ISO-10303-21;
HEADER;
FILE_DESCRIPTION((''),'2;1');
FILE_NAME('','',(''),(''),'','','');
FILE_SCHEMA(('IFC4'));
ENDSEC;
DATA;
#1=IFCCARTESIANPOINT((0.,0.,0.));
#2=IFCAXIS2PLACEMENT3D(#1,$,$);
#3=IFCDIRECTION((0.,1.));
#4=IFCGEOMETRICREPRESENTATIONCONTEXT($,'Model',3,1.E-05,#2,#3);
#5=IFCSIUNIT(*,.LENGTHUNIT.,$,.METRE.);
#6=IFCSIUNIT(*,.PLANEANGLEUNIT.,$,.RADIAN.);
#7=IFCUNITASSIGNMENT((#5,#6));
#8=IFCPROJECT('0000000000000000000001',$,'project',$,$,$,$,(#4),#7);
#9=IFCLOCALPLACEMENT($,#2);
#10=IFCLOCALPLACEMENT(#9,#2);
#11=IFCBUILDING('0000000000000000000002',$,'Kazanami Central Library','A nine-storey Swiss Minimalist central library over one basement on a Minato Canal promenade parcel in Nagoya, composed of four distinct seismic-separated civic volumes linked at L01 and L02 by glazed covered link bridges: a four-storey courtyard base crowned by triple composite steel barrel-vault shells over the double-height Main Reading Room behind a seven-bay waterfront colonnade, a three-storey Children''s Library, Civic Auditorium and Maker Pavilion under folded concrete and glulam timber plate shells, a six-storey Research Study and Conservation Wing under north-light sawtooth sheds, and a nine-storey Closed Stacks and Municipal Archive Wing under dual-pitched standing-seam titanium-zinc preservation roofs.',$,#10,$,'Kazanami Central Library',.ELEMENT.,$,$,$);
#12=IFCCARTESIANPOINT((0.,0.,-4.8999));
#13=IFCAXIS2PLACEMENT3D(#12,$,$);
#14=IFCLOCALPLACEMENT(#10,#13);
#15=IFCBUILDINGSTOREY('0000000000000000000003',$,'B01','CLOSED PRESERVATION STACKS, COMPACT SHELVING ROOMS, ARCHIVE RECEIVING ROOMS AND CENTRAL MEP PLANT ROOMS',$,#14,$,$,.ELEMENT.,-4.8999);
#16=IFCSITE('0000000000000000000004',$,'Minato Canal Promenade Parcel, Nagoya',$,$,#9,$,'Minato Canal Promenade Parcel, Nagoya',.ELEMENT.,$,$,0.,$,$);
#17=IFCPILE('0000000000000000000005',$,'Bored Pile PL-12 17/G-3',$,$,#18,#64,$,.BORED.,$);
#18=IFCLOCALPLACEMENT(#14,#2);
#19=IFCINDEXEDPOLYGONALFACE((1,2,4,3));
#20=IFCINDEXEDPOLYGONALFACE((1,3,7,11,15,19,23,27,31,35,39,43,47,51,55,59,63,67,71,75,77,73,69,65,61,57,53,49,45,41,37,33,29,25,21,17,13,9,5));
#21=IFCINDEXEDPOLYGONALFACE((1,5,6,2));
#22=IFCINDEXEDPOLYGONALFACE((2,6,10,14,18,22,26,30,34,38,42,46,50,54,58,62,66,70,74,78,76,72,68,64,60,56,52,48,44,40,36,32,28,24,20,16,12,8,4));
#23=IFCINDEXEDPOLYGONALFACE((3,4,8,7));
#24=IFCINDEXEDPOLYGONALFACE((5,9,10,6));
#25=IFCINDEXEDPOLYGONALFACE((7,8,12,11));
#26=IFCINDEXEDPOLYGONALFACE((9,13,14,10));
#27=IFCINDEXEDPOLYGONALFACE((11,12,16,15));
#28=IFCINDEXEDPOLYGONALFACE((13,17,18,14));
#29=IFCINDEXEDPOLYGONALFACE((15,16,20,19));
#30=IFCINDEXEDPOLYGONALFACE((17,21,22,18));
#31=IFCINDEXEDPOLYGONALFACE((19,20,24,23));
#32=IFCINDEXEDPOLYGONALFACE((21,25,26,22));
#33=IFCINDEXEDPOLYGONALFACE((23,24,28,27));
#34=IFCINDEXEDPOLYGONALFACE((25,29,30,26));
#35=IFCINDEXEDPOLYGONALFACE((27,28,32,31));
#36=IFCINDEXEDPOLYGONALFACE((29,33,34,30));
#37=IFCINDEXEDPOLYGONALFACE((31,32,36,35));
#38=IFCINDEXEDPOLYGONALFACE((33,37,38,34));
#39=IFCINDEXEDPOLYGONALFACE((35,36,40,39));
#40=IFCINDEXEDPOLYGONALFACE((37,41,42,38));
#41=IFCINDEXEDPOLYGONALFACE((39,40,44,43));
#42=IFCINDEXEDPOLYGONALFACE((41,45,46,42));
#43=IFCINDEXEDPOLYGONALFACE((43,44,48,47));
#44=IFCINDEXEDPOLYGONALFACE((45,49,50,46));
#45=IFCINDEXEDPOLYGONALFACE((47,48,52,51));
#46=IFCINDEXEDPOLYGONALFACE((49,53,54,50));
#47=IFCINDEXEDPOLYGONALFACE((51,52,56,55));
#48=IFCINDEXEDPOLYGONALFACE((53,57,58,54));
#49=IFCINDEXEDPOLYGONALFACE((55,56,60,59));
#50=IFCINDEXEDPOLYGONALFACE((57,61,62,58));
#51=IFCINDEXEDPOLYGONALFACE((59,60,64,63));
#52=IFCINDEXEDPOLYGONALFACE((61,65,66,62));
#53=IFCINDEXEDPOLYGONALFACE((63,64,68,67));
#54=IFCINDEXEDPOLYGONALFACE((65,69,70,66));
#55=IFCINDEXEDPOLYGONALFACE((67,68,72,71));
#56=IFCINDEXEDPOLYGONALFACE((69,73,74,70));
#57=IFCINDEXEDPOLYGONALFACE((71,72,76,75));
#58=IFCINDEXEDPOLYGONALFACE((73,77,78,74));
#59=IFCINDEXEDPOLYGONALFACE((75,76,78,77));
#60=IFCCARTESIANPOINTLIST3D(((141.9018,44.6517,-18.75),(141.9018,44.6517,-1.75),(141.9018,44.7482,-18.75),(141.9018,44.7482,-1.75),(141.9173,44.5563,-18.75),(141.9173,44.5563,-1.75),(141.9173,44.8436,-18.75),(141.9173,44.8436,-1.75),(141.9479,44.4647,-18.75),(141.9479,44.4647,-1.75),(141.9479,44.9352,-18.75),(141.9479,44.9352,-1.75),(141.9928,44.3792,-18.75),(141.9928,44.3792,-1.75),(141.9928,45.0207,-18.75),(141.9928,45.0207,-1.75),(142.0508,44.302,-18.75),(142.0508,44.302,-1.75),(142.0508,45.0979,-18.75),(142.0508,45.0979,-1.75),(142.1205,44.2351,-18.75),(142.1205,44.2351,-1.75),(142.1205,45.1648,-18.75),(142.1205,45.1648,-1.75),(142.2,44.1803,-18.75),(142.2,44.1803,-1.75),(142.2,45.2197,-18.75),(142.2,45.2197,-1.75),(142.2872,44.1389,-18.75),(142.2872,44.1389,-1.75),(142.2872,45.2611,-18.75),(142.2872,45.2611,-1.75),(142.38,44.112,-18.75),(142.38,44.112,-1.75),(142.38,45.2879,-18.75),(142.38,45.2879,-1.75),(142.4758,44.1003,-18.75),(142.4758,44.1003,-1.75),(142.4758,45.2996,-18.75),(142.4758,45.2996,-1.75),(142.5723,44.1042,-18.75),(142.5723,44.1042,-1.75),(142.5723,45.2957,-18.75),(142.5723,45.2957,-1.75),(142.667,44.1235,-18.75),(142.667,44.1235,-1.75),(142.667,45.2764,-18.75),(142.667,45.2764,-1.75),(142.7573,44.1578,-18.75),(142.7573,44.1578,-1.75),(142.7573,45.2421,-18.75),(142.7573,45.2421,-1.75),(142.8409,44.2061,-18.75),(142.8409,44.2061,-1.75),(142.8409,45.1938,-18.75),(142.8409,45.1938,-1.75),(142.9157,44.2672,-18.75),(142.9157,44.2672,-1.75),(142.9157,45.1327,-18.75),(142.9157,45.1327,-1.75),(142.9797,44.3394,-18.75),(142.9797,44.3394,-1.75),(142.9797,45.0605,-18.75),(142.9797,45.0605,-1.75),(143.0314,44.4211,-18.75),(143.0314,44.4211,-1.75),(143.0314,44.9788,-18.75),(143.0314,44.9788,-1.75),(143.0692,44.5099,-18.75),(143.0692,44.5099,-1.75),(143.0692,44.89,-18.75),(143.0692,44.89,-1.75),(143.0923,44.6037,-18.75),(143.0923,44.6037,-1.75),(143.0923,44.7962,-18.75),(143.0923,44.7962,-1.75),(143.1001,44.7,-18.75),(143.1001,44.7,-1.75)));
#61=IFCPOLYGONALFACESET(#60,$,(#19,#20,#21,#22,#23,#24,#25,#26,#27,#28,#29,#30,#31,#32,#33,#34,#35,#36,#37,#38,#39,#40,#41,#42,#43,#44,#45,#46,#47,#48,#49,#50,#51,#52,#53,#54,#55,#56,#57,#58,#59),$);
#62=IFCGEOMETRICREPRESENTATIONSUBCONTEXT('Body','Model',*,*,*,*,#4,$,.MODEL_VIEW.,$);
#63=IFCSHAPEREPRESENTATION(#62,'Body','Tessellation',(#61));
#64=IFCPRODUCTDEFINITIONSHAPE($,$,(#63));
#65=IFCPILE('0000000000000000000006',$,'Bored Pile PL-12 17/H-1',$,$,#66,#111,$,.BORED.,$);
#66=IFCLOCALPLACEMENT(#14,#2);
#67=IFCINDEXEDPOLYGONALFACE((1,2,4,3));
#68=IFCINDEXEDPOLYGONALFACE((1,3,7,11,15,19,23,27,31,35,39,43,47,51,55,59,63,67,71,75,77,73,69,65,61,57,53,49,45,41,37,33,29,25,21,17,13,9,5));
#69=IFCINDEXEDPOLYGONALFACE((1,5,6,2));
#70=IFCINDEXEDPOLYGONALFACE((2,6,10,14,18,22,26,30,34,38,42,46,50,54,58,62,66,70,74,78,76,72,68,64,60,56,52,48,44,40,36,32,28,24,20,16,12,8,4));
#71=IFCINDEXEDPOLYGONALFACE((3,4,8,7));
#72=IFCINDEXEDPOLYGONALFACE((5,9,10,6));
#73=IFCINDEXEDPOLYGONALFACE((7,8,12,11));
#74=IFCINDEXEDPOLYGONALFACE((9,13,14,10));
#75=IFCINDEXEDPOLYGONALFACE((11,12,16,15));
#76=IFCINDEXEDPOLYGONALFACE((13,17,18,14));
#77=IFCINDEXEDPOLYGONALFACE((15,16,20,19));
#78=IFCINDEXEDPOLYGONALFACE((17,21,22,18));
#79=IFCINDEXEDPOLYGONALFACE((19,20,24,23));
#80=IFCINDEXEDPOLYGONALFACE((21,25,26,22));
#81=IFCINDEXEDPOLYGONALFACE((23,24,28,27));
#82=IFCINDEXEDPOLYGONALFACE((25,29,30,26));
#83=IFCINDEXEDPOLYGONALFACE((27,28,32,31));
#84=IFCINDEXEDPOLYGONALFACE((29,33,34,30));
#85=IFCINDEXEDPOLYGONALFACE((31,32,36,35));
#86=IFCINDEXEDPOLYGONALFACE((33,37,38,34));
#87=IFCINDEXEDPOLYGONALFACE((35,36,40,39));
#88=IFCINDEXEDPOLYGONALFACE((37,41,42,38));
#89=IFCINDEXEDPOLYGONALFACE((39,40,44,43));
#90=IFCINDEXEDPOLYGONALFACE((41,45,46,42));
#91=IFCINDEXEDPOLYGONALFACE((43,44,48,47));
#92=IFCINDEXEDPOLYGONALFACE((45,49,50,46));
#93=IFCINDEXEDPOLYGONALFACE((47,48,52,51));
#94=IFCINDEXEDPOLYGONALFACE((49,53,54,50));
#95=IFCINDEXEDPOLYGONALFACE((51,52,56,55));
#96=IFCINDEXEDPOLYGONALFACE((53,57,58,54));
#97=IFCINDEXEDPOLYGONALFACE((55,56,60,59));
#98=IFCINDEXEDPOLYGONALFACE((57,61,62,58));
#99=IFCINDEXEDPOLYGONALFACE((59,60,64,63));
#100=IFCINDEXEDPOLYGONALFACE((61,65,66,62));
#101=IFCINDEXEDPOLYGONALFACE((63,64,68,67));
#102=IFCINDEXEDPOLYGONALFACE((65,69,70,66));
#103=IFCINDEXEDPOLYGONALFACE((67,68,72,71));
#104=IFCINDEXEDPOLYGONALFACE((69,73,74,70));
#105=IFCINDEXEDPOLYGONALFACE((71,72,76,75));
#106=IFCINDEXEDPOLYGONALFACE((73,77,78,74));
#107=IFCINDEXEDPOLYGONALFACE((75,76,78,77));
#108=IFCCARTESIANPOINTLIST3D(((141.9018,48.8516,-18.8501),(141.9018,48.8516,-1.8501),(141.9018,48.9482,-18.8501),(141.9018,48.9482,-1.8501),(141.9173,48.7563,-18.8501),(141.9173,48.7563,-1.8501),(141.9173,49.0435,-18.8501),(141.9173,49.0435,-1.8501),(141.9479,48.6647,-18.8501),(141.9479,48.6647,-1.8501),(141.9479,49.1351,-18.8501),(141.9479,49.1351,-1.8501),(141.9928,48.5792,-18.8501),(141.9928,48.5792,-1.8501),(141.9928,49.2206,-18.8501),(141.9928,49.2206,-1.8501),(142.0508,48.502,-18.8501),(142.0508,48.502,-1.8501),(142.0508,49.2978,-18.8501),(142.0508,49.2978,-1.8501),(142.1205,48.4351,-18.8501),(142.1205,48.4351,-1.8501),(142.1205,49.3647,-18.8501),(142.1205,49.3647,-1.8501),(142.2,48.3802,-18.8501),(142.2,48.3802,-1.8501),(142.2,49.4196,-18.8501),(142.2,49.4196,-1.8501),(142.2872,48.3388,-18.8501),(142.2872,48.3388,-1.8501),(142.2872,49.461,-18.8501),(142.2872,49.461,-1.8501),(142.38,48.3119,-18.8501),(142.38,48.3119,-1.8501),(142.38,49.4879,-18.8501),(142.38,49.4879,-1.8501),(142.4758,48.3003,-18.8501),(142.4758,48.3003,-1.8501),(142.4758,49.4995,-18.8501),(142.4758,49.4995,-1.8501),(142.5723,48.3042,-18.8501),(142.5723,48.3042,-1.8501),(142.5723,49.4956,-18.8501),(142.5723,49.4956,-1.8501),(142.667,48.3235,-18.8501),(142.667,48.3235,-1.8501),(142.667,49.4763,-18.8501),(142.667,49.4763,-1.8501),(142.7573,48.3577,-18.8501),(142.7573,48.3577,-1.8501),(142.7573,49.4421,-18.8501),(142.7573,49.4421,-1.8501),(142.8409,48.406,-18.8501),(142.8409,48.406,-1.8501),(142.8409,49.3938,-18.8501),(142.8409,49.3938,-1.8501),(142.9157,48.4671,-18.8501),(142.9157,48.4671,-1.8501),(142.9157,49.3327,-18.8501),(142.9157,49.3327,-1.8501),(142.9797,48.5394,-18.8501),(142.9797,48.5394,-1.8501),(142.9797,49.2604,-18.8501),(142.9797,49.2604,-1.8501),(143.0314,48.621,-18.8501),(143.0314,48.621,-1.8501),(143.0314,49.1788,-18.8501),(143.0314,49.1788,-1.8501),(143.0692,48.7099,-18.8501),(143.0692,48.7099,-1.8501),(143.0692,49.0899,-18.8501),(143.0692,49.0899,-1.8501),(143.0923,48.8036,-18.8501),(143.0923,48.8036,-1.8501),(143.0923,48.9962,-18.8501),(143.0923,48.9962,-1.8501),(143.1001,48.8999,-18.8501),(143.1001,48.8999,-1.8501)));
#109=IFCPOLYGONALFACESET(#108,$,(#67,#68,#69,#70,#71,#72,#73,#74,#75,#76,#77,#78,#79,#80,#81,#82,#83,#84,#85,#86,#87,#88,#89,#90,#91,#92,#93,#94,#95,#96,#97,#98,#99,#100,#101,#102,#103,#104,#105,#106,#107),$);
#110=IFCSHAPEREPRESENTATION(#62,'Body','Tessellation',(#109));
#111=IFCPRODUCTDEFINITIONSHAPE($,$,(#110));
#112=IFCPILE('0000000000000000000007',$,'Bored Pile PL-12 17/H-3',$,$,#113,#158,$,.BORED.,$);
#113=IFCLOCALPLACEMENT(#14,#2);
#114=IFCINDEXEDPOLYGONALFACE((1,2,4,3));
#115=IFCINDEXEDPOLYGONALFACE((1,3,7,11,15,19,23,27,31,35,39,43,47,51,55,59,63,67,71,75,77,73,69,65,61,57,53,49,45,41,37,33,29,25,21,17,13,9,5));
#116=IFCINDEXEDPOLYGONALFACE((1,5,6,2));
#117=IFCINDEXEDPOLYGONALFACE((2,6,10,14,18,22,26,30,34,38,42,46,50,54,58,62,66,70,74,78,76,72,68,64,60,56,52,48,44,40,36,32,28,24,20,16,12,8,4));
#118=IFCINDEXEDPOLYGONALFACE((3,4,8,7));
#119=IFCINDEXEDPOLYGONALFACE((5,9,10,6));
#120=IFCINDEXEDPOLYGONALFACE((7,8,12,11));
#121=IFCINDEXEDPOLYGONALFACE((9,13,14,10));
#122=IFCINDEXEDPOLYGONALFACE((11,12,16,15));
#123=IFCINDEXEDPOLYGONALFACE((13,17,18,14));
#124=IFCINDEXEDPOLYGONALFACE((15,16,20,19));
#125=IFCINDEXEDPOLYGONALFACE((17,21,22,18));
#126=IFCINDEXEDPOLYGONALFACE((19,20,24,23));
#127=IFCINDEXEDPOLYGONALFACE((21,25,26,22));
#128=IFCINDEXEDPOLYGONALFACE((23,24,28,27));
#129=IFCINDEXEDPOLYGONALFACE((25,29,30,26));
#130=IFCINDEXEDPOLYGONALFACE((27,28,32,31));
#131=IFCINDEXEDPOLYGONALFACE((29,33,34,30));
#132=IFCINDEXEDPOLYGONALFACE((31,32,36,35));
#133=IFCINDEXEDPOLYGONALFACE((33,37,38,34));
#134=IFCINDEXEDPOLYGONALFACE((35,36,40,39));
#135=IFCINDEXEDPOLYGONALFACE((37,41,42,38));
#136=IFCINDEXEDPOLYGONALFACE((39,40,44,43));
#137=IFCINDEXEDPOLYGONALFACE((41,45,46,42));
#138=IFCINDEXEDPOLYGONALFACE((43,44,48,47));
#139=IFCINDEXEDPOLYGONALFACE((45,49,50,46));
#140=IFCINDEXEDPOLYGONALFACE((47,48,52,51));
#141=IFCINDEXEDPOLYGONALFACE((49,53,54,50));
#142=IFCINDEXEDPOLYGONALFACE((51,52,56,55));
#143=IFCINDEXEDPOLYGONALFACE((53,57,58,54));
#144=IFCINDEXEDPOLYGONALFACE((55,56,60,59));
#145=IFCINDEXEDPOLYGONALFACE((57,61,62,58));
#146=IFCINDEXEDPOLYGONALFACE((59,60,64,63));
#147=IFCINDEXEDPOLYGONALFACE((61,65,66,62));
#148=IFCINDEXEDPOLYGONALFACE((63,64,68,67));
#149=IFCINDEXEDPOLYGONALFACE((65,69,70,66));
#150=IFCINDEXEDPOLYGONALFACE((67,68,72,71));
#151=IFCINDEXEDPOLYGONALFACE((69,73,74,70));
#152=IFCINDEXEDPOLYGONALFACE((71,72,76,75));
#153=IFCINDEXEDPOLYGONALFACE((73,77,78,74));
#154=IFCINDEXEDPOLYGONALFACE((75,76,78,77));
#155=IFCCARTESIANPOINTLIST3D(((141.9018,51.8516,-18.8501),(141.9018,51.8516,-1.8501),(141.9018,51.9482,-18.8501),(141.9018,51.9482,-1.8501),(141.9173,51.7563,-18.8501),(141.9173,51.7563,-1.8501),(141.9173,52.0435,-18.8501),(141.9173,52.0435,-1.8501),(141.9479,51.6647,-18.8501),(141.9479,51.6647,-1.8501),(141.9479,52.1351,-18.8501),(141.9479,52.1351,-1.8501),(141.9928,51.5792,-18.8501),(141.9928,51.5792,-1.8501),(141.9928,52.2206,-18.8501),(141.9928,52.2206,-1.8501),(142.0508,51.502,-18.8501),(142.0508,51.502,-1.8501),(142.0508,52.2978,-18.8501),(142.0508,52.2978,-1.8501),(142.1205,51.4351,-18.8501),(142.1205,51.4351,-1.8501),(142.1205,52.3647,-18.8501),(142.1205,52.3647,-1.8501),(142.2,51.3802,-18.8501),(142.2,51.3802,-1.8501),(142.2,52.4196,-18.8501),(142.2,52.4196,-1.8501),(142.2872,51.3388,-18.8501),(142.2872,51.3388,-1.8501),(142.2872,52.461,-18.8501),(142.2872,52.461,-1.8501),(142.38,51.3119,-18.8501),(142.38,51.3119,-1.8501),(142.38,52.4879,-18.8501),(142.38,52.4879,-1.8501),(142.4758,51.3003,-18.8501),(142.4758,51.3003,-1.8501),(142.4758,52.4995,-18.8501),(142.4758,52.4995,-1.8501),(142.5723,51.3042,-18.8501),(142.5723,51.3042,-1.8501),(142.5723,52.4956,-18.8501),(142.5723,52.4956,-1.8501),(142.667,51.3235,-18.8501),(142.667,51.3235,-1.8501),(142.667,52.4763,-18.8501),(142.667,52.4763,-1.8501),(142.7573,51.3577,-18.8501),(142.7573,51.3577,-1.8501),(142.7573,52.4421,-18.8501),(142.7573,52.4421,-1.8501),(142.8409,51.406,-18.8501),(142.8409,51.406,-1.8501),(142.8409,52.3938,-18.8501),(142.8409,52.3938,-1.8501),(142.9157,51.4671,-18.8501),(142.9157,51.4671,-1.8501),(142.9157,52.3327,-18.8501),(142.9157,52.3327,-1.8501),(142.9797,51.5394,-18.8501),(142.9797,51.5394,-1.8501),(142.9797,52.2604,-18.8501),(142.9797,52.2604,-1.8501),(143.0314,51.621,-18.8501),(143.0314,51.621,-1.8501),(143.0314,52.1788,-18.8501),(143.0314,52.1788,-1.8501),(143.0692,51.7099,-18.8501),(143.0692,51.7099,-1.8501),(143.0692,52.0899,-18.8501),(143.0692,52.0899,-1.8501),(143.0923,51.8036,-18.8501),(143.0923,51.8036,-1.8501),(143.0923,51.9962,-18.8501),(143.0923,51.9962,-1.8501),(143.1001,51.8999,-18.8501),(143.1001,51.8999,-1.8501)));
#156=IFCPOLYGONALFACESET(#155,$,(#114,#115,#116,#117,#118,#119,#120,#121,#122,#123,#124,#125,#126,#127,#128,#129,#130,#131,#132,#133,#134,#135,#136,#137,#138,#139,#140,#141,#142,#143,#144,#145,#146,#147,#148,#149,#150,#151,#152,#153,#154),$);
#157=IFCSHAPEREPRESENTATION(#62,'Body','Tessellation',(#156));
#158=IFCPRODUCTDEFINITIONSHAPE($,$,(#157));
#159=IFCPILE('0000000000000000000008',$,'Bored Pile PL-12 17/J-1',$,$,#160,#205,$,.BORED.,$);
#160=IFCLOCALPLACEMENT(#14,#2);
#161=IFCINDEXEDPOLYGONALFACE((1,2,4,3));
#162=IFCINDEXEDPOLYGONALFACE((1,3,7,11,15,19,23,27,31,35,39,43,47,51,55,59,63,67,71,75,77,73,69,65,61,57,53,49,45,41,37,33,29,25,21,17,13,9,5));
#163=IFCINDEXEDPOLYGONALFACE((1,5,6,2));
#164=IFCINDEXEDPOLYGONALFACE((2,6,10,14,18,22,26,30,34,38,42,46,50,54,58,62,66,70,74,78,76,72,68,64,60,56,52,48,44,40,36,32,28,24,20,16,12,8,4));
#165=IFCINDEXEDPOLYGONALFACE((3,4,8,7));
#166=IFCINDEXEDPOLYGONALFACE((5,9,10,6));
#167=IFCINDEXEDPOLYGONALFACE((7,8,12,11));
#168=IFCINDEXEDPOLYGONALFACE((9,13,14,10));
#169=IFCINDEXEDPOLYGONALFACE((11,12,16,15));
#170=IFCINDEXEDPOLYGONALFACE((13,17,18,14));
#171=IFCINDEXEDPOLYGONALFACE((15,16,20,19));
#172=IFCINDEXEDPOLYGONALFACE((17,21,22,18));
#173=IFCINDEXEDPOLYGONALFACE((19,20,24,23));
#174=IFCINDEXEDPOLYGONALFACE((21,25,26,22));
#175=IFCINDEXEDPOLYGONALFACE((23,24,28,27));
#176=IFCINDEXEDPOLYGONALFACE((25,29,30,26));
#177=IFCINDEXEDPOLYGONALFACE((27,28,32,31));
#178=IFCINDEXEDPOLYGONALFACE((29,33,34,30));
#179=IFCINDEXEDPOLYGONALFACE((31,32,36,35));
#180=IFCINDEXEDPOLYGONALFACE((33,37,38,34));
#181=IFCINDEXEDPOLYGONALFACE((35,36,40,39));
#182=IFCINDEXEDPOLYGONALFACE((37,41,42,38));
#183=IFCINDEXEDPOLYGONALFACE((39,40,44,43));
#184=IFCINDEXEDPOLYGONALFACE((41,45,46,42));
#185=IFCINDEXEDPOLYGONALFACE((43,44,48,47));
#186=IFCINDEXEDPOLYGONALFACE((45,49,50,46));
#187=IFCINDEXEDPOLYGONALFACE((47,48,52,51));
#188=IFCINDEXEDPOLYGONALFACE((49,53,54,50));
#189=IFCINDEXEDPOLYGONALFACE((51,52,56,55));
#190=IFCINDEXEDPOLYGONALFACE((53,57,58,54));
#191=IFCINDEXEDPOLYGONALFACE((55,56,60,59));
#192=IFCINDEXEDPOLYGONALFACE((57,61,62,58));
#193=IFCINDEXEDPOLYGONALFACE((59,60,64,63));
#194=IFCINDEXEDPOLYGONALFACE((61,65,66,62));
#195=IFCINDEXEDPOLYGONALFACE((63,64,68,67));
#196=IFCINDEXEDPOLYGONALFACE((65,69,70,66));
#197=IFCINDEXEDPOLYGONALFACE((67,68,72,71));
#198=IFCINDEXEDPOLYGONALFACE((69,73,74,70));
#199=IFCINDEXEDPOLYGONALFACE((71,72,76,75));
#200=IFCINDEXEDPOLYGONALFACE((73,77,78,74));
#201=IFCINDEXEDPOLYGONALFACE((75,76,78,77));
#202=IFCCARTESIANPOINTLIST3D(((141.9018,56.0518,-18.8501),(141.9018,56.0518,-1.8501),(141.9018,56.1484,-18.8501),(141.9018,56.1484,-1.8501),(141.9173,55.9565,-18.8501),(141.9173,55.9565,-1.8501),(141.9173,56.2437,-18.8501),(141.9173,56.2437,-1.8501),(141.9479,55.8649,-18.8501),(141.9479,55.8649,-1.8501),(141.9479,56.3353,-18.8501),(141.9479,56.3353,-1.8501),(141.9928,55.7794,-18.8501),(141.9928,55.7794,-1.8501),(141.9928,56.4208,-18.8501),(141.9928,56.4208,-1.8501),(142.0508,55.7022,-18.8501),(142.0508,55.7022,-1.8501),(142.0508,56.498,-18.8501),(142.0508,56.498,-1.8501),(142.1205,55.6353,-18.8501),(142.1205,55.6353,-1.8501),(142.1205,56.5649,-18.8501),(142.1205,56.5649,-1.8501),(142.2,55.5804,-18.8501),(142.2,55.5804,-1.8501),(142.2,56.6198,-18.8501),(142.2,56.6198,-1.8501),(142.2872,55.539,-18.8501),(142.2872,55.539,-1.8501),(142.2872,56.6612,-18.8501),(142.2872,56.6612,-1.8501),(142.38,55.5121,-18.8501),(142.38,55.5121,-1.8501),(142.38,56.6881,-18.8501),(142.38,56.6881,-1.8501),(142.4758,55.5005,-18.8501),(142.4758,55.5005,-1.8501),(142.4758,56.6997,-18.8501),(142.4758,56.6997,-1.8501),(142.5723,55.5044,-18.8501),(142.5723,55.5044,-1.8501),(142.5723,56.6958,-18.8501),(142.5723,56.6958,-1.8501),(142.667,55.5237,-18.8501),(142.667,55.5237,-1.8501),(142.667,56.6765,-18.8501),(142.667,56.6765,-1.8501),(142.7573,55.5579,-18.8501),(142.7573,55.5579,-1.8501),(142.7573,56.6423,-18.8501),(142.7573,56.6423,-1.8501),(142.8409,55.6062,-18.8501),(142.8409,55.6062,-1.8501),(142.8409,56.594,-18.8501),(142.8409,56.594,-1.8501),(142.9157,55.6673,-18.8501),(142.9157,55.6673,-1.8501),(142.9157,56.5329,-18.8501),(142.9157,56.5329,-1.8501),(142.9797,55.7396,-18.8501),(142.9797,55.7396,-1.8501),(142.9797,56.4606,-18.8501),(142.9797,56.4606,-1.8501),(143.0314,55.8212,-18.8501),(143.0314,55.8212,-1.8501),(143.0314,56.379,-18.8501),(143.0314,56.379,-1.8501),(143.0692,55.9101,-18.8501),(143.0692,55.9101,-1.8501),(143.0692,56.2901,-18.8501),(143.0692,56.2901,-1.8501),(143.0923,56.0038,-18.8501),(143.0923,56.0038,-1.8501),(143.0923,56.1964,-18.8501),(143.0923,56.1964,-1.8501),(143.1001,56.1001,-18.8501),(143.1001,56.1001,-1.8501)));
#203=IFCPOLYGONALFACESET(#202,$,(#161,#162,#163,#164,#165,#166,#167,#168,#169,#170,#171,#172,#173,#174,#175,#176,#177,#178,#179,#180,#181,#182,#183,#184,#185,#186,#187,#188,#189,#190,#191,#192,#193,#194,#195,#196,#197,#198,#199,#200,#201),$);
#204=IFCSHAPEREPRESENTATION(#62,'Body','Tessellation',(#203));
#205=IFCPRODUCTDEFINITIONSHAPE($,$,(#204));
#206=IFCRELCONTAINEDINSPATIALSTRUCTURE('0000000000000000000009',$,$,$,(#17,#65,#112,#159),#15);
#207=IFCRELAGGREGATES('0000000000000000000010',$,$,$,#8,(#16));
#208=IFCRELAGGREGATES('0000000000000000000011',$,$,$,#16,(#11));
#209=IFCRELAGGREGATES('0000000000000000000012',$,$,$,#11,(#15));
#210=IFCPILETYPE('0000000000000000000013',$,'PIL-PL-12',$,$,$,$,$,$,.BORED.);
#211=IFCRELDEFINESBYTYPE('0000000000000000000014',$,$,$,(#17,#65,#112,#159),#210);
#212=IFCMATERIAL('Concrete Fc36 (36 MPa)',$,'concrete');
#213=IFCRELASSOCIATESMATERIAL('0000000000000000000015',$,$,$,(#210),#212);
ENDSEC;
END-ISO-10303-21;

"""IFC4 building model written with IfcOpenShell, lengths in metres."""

from ifc_helpers import new_model, si_unit, direction, frame, origin, origin_2d, place, context, subcontext, project, spatial, circle, extrude, material, material_profile, profile_set, type_object, element, save


model = new_model("IFC4")

# Units and contexts
model_context = context("Model", 3, precision=1e-05, world=origin(), true_north=direction((0.0, 1.0)))
body_context = subcontext(model_context, "Body", "Model", "MODEL_VIEW")
ifc_project = project(units=[si_unit("LENGTHUNIT", "METRE"), si_unit("PLANEANGLEUNIT", "RADIAN")], contexts=[model_context])

# Site, building, storey
site_placement = place(None, origin())
site = spatial("IfcSite", under=ifc_project, at=site_placement, Name="Minato Canal Promenade Parcel, Nagoya", LongName="Minato Canal Promenade Parcel, Nagoya", CompositionType="ELEMENT", RefElevation=0.0)
building_placement = place(site_placement, origin())
building = spatial("IfcBuilding", under=site, at=building_placement, Name="Kazanami Central Library", Description="A nine-storey Swiss Minimalist central library over one basement on a Minato Canal promenade parcel in Nagoya, composed of four distinct seismic-separated civic volumes linked at L01 and L02 by glazed covered link bridges: a four-storey courtyard base crowned by triple composite steel barrel-vault shells over the double-height Main Reading Room behind a seven-bay waterfront colonnade, a three-storey Children's Library, Civic Auditorium and Maker Pavilion under folded concrete and glulam timber plate shells, a six-storey Research Study and Conservation Wing under north-light sawtooth sheds, and a nine-storey Closed Stacks and Municipal Archive Wing under dual-pitched standing-seam titanium-zinc preservation roofs.", LongName="Kazanami Central Library", CompositionType="ELEMENT")
storey_placement = place(building_placement, frame((0.0, 0.0, -4.8999)))
storey = spatial("IfcBuildingStorey", under=building, at=storey_placement, Name="B01", Description="CLOSED PRESERVATION STACKS, COMPACT SHELVING ROOMS, ARCHIVE RECEIVING ROOMS AND CENTRAL MEP PLANT ROOMS", CompositionType="ELEMENT", Elevation=-4.8999)

# Shared definitions
ifc_material_1 = material(Name="Concrete Fc36 (36 MPa)", Category="concrete")

# Piles
ifc_material_profile_1 = material_profile(ifc_material_1, circle(Radius=0.6001, at=origin_2d()), Name="BORED-D1200")
ifc_profile_set_1 = profile_set([ifc_material_profile_1], Name="Concrete Fc36 (36 MPa)")
pile_type = type_object("IfcPileType", Name="PIL-PL-12", PredefinedType="BORED", material=ifc_profile_set_1)
for number, where, z_axis, x_axis, name in (
    (1, (142.5, 44.7, -1.75), (0.0, 0.0, -1.0), (1.0, 0.0, 0.0), "Bored Pile PL-12 17/G-3"),
    (2, (142.5, 48.8999, -1.8501), (0.0, 0.0, -1.0), (1.0, 0.0, 0.0), "Bored Pile PL-12 17/H-1"),
    (3, (142.5, 51.8999, -1.8501), (0.0, 0.0, -1.0), (1.0, 0.0, 0.0), "Bored Pile PL-12 17/H-3"),
    (4, (142.5, 56.1001, -1.8501), (0.0, 0.0, -1.0), (1.0, 0.0, 0.0), "Bored Pile PL-12 17/J-1"),
):
    element("IfcPile", number, at=place(storey_placement, frame(where, z_axis=z_axis, x_axis=x_axis)), inside=storey, type_object=pile_type, Name=name, PredefinedType="BORED", context=body_context, shape_type="SweptSolid", body=[
        extrude(circle(Radius=0.6001, at=origin_2d()), origin(), (0.0, 0.0, 1.0), 17.0),
    ])

save(model, "model.ifc")
